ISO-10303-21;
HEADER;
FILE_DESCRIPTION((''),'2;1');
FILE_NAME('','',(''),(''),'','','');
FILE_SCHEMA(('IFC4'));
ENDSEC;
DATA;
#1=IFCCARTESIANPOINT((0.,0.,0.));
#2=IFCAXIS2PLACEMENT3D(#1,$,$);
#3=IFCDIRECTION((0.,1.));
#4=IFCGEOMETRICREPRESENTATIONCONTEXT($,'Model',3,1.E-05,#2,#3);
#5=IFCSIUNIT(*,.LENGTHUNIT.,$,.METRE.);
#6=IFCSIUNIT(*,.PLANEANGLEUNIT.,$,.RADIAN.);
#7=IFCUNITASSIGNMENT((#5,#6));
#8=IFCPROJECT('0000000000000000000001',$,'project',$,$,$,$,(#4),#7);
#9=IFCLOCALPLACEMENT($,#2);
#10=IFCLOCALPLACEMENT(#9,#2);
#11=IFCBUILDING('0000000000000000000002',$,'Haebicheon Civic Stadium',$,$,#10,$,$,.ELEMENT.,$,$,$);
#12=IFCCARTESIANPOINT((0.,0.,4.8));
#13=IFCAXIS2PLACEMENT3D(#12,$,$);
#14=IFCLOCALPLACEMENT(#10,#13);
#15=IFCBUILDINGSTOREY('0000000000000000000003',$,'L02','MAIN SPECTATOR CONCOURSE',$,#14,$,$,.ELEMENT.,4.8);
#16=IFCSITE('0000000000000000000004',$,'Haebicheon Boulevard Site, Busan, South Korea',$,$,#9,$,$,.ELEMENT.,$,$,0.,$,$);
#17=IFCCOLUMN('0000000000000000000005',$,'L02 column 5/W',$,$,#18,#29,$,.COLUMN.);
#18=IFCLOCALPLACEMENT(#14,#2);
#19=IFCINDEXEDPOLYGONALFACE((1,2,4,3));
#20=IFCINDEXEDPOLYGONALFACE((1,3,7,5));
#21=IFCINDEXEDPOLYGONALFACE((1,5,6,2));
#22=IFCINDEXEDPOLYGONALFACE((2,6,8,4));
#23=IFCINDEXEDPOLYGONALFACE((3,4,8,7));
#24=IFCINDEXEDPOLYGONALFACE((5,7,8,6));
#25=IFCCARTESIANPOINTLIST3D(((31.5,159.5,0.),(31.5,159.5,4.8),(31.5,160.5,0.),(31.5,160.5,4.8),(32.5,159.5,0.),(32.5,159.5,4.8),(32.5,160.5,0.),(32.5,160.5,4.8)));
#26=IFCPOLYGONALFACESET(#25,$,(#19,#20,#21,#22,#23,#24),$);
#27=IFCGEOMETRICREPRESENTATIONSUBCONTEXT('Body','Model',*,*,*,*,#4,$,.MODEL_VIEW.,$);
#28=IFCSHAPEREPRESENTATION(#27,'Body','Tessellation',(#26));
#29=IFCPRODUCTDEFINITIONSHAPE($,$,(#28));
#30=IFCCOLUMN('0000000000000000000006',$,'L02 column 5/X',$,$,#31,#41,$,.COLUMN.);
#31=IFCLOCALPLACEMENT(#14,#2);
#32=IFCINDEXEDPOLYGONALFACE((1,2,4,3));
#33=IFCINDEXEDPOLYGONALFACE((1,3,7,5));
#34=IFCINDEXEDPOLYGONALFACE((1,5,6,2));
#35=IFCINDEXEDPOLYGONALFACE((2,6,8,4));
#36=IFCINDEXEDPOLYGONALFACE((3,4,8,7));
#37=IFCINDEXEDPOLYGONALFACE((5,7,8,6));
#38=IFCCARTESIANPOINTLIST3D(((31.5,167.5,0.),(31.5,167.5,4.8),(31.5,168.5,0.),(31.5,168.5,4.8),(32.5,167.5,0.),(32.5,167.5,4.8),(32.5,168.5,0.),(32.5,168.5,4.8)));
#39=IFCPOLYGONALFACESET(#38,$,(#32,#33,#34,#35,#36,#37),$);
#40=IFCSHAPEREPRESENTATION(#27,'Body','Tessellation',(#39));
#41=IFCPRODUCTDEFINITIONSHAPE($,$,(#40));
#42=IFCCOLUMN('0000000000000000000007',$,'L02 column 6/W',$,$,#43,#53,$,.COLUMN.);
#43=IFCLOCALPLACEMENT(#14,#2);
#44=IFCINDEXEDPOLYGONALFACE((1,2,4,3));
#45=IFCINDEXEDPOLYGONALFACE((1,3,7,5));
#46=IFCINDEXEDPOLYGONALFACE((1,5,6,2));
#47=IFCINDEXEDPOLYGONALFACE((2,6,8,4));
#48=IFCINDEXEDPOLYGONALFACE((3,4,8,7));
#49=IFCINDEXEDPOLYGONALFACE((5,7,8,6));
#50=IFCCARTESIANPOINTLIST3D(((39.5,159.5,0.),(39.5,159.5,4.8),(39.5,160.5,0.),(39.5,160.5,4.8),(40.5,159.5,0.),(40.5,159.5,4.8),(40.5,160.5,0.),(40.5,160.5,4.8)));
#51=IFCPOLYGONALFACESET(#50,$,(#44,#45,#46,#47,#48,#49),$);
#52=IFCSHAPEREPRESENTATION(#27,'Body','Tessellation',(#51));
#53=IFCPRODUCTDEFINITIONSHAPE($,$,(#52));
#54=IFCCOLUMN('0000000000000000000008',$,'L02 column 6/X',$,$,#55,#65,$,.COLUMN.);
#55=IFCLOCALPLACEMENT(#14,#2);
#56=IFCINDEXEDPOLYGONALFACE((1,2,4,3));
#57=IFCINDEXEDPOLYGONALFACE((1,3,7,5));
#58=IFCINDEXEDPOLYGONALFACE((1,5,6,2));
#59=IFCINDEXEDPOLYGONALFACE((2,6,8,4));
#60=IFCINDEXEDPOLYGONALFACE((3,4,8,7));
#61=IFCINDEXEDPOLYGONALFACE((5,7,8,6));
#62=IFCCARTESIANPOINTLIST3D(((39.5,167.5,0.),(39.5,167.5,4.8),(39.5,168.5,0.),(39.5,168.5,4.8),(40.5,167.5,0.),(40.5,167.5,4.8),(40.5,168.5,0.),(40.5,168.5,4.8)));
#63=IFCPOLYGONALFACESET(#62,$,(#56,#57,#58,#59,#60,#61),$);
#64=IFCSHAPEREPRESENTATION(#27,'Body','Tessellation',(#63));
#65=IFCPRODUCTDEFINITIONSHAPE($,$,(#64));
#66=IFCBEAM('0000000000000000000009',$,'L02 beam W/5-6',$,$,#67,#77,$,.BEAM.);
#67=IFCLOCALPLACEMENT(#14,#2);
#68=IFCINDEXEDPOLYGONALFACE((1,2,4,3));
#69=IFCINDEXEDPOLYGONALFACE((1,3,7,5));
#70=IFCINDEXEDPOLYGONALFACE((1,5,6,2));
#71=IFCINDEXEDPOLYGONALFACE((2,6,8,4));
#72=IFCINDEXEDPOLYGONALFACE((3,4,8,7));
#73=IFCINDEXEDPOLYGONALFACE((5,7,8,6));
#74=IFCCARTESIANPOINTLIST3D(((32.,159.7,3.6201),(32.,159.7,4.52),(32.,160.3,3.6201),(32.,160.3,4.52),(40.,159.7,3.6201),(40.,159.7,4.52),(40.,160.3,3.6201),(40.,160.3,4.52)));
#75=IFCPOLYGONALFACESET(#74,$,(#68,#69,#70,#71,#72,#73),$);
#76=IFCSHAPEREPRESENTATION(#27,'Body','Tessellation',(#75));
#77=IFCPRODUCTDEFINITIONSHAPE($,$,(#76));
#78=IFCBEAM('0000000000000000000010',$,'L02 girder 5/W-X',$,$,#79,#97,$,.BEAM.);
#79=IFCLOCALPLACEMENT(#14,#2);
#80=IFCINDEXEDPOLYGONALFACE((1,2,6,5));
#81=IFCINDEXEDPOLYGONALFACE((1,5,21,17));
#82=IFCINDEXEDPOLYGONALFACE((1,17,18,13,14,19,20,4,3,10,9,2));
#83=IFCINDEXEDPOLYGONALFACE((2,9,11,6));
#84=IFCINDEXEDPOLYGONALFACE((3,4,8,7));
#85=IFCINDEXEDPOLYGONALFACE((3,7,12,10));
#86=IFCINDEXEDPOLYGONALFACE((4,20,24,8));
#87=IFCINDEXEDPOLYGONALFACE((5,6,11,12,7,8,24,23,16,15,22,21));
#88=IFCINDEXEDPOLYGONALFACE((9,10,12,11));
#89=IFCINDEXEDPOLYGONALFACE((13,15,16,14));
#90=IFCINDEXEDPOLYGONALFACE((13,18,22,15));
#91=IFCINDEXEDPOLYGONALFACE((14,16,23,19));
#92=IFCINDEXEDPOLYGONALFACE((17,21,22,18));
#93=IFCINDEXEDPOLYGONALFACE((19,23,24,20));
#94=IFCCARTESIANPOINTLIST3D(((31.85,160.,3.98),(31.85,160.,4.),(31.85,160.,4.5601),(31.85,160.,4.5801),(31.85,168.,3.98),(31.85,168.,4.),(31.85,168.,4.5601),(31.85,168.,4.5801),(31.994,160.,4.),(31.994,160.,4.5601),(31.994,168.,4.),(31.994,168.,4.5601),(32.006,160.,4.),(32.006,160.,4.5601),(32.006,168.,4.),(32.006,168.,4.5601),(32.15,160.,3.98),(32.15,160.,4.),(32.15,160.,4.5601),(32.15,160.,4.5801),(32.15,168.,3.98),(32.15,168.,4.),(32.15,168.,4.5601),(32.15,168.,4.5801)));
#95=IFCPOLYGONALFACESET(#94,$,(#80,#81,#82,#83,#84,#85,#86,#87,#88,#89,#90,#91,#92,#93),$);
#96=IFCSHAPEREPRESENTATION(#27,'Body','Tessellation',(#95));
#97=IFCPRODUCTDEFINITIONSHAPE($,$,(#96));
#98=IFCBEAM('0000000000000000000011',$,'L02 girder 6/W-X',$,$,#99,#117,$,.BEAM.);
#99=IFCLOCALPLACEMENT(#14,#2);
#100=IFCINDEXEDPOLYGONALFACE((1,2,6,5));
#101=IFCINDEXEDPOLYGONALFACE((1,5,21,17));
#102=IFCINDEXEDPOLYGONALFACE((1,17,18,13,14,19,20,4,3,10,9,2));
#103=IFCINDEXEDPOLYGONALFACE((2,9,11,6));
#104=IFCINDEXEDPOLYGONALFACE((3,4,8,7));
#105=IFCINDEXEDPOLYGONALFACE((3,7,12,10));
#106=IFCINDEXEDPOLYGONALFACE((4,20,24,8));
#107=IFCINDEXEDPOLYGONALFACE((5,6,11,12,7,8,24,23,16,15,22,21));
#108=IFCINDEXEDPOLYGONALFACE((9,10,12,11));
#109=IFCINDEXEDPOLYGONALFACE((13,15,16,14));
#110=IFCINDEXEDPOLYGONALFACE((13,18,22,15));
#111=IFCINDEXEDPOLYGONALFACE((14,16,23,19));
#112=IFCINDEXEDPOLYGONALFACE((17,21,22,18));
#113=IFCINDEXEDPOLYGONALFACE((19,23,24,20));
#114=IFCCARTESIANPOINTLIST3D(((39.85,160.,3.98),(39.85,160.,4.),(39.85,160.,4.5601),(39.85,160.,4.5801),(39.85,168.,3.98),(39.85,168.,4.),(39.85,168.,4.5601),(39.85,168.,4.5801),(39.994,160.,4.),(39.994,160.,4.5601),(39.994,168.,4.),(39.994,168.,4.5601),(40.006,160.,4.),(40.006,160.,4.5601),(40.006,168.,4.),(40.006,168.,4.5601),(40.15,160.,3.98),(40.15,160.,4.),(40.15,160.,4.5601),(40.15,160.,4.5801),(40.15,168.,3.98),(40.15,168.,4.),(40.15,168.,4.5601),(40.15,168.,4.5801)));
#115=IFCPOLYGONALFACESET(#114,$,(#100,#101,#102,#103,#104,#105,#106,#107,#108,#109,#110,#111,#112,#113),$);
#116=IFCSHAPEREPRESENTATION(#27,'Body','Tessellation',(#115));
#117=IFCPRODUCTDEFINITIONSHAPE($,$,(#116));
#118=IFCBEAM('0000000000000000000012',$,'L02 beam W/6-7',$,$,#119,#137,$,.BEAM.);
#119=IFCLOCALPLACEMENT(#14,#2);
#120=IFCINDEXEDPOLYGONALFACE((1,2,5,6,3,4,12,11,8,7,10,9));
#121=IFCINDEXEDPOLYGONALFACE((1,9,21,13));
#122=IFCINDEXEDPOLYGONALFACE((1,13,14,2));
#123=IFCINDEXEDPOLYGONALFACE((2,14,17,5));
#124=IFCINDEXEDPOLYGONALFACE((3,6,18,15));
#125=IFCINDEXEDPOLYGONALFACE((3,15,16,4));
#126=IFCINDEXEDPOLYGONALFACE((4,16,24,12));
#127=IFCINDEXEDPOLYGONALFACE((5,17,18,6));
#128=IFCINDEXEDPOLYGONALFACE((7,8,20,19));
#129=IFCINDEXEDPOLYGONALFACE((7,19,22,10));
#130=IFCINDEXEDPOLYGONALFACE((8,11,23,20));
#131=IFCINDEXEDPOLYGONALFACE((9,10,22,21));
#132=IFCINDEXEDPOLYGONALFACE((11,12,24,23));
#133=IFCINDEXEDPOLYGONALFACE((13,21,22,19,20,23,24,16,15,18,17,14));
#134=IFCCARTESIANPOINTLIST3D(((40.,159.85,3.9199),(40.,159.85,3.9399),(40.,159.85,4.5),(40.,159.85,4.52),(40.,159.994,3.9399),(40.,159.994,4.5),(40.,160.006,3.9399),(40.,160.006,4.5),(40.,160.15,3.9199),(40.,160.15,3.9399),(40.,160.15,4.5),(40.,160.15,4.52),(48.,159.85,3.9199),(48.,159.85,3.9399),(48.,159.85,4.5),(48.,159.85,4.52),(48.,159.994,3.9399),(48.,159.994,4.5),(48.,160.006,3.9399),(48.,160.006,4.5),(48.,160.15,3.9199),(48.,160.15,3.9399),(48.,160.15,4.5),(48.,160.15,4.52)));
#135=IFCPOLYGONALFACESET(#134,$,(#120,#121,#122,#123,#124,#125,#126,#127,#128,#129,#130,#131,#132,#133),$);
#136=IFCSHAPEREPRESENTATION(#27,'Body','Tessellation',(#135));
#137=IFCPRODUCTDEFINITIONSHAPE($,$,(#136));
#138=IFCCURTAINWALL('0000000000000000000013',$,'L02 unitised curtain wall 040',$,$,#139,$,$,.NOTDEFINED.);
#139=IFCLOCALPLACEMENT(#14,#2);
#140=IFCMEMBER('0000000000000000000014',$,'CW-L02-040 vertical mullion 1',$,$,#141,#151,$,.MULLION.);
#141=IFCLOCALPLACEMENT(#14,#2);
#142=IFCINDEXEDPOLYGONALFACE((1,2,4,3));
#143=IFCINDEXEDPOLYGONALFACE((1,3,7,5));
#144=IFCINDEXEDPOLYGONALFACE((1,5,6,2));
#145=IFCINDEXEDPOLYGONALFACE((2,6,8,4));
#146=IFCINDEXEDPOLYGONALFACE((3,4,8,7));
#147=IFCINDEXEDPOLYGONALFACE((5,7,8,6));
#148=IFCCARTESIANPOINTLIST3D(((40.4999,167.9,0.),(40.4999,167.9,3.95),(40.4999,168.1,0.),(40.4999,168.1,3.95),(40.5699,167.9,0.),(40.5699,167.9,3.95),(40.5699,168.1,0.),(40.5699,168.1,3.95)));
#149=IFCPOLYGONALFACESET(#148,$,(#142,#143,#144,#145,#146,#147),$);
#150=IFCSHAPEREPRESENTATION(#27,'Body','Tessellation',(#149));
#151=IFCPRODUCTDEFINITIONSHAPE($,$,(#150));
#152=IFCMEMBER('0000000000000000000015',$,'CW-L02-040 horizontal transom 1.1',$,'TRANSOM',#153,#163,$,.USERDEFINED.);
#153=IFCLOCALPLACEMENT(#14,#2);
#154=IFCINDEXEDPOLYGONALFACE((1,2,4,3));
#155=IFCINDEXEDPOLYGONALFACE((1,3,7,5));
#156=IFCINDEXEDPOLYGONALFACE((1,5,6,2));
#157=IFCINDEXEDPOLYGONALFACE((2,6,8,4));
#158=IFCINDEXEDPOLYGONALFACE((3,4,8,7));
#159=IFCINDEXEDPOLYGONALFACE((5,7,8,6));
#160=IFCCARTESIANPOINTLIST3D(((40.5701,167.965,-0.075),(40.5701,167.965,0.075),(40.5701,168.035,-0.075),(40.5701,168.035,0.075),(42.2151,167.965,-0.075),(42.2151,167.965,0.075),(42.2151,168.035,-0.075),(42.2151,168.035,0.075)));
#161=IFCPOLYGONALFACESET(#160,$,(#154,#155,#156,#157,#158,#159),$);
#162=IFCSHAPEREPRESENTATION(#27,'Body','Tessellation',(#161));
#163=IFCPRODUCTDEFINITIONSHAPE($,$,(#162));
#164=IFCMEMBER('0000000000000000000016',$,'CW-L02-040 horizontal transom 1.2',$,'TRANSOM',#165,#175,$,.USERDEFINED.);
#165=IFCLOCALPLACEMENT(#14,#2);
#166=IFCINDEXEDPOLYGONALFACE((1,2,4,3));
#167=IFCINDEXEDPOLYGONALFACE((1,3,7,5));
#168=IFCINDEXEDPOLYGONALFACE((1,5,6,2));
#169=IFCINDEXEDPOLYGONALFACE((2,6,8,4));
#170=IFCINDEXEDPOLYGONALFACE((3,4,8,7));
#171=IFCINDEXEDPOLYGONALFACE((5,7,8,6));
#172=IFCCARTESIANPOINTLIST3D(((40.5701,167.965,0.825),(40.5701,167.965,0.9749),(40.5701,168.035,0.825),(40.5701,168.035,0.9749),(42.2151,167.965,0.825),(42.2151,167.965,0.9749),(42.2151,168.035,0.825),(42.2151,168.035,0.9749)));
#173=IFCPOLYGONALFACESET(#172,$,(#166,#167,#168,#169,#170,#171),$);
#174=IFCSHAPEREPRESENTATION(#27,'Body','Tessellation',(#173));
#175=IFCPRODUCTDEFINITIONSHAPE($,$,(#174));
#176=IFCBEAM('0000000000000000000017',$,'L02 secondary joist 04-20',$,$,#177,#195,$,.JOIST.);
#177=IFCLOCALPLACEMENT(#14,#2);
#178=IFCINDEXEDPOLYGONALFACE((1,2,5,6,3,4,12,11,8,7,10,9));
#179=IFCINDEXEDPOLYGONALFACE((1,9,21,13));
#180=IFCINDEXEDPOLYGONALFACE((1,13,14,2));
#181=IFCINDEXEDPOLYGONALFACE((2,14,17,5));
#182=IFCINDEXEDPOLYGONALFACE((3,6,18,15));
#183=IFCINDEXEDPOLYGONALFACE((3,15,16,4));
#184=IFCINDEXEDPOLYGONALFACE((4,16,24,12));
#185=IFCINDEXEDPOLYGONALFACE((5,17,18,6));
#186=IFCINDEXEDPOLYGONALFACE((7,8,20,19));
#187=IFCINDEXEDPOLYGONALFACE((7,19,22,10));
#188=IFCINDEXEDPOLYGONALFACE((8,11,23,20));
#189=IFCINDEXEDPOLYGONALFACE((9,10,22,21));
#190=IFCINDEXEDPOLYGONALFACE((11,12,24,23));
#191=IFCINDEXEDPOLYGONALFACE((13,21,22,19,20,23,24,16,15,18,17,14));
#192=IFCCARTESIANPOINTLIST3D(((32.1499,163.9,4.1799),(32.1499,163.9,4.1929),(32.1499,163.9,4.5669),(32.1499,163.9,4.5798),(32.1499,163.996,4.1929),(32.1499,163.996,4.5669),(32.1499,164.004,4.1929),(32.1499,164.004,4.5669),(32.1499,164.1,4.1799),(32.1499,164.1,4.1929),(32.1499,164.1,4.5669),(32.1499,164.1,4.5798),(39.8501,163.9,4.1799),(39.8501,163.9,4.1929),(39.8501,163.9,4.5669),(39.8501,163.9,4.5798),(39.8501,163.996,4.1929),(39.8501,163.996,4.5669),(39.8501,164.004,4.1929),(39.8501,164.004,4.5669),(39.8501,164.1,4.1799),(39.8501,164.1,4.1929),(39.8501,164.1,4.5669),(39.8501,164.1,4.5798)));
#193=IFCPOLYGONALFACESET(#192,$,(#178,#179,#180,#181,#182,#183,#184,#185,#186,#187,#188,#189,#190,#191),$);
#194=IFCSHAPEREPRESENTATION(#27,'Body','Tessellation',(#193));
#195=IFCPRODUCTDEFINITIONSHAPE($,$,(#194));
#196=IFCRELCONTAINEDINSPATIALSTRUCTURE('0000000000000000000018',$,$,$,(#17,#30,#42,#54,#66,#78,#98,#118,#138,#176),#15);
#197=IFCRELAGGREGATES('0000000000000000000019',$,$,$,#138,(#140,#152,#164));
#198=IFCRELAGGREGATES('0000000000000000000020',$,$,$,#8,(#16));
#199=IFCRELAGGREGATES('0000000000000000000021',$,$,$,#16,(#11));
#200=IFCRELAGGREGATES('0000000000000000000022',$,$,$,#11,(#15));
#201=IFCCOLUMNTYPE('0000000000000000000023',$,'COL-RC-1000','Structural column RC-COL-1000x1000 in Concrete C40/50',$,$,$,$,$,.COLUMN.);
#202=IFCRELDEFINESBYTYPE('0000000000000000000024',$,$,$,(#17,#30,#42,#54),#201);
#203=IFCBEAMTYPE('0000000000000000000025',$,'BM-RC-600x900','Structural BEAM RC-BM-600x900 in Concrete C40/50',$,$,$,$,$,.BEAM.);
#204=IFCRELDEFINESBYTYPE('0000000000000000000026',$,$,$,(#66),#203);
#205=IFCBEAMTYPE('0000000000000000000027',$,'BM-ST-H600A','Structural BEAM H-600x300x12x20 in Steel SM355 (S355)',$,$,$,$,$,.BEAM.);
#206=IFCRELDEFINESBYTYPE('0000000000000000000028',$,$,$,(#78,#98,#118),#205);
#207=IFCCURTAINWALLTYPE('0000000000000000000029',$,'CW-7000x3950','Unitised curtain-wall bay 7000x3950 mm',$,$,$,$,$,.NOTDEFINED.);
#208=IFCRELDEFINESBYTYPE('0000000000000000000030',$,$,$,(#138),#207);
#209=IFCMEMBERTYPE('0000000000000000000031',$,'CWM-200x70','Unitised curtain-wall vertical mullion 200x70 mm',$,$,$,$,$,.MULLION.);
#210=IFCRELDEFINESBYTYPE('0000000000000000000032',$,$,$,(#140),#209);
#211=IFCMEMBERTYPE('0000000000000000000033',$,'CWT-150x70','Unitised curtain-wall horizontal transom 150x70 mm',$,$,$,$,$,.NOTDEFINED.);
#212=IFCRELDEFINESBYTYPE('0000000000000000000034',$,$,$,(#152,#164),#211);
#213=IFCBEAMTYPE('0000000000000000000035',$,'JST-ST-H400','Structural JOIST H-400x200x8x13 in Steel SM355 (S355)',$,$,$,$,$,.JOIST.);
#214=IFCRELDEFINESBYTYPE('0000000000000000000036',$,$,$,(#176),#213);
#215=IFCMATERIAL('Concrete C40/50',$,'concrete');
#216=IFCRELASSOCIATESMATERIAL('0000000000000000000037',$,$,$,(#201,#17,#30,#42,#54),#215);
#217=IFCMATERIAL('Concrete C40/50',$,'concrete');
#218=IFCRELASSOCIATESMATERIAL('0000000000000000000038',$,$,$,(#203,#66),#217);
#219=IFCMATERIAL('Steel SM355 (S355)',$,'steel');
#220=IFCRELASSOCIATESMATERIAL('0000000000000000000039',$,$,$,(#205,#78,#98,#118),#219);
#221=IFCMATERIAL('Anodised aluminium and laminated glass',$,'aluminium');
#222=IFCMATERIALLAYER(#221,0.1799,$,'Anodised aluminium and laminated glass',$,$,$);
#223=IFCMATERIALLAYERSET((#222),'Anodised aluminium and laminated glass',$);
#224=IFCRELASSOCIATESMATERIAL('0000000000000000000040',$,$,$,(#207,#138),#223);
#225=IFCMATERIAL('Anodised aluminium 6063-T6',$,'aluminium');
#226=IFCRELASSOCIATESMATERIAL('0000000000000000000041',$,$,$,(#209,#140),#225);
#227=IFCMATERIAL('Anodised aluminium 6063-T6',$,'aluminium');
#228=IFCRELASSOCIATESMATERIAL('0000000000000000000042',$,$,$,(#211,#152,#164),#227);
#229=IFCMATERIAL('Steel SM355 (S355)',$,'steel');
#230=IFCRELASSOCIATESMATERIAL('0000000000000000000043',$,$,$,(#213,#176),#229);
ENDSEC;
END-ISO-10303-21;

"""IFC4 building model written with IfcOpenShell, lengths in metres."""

from ifc_helpers import new_model, si_unit, direction, frame, origin, origin_2d, place, context, subcontext, project, spatial, rectangle, i_section, extrude, material, layer, layer_set, material_profile, profile_set, type_object, element, aggregate, save


model = new_model("IFC4")

# Units and contexts
model_context = context("Model", 3, precision=1e-05, world=origin(), true_north=direction((0.0, 1.0)))
body_context = subcontext(model_context, "Body", "Model", "MODEL_VIEW")
ifc_project = project(units=[si_unit("LENGTHUNIT", "METRE"), si_unit("PLANEANGLEUNIT", "RADIAN")], contexts=[model_context])

# Site, building, storey
site_placement = place(None, origin())
site = spatial("IfcSite", under=ifc_project, at=site_placement, Name="Haebicheon Boulevard Site, Busan, South Korea", CompositionType="ELEMENT", RefElevation=0.0)
building_placement = place(site_placement, origin())
building = spatial("IfcBuilding", under=site, at=building_placement, Name="Haebicheon Civic Stadium", CompositionType="ELEMENT")
storey_placement = place(building_placement, frame((0.0, 0.0, 4.8)))
storey = spatial("IfcBuildingStorey", under=building, at=storey_placement, Name="L02", Description="MAIN SPECTATOR CONCOURSE", CompositionType="ELEMENT", Elevation=4.8)

# Columns
ifc_material_1 = material(Name="Concrete C40/50", Category="concrete")
ifc_material_profile_1 = material_profile(ifc_material_1, rectangle(XDim=1.0, YDim=1.0, at=origin_2d()), Name="RC-COL-1000x1000")
ifc_profile_set_1 = profile_set([ifc_material_profile_1], Name="Concrete C40/50")
column_type = type_object("IfcColumnType", Name="COL-RC-1000", Description="Structural column RC-COL-1000x1000 in Concrete C40/50", PredefinedType="COLUMN", material=ifc_profile_set_1)
for number, where, z_axis, x_axis, name in (
    (1, (32.0, 160.0, 0.0), (0.0, 0.0, 1.0), (1.0, 0.0, 0.0), "L02 column 5/W"),
    (2, (32.0, 168.0, 0.0), (0.0, 0.0, 1.0), (1.0, 0.0, 0.0), "L02 column 5/X"),
    (3, (40.0, 160.0, 0.0), (0.0, 0.0, 1.0), (1.0, 0.0, 0.0), "L02 column 6/W"),
    (4, (40.0, 168.0, 0.0), (0.0, 0.0, 1.0), (1.0, 0.0, 0.0), "L02 column 6/X"),
):
    element("IfcColumn", number, at=place(storey_placement, frame(where, z_axis=z_axis, x_axis=x_axis)), inside=storey, type_object=column_type, material=ifc_profile_set_1, Name=name, PredefinedType="COLUMN", context=body_context, shape_type="SweptSolid", body=[
        extrude(rectangle(XDim=1.0, YDim=1.0, at=origin_2d()), origin(), (0.0, 0.0, 1.0), 4.8),
    ])

# Beams
ifc_material_2 = material(Name="Concrete C40/50", Category="concrete")
ifc_material_profile_2 = material_profile(ifc_material_2, rectangle(XDim=0.6001, YDim=0.8999, at=origin_2d()), Name="RC-BM-600x900")
ifc_profile_set_2 = profile_set([ifc_material_profile_2], Name="Concrete C40/50")
beam_type_1 = type_object("IfcBeamType", Name="BM-RC-600x900", Description="Structural BEAM RC-BM-600x900 in Concrete C40/50", PredefinedType="BEAM", material=ifc_profile_set_2)
beam_placement = place(storey_placement, frame((32.0, 160.0, 4.0701), z_axis=(1.0, 0.0, 0.0), x_axis=(0.0, 1.0, 0.0)))
element("IfcBeam", 5, at=beam_placement, inside=storey, type_object=beam_type_1, material=ifc_profile_set_2, Name="L02 beam W/5-6", PredefinedType="BEAM", context=body_context, shape_type="SweptSolid", body=[
    extrude(rectangle(XDim=0.6001, YDim=0.8999, at=origin_2d()), origin(), (0.0, 0.0, 1.0), 8.0),
])
ifc_material_3 = material(Name="Steel SM355 (S355)", Category="steel")
ifc_material_profile_3 = material_profile(ifc_material_3, i_section(OverallWidth=0.3, OverallDepth=0.6001, WebThickness=0.012, FlangeThickness=0.02, at=origin_2d()), Name="H-600x300x12x20")
ifc_profile_set_3 = profile_set([ifc_material_profile_3], Name="Steel SM355 (S355)")
beam_type_2 = type_object("IfcBeamType", Name="BM-ST-H600A", Description="Structural BEAM H-600x300x12x20 in Steel SM355 (S355)", PredefinedType="BEAM", material=ifc_profile_set_3)
for number, where, z_axis, x_axis, name in (
    (6, (32.0, 160.0, 4.28), (0.0, 1.0, 0.0), (-1.0, 0.0, 0.0), "L02 girder 5/W-X"),
    (7, (40.0, 160.0, 4.28), (0.0, 1.0, 0.0), (-1.0, 0.0, 0.0), "L02 girder 6/W-X"),
    (8, (40.0, 160.0, 4.22), (1.0, 0.0, 0.0), (0.0, 1.0, 0.0), "L02 beam W/6-7"),
):
    element("IfcBeam", number, at=place(storey_placement, frame(where, z_axis=z_axis, x_axis=x_axis)), inside=storey, type_object=beam_type_2, material=ifc_profile_set_3, Name=name, PredefinedType="BEAM", context=body_context, shape_type="SweptSolid", body=[
        extrude(i_section(OverallWidth=0.3, OverallDepth=0.6001, WebThickness=0.012, FlangeThickness=0.02, at=origin_2d()), origin(), (0.0, 0.0, 1.0), 8.0),
    ])

# Curtain wall, members
ifc_material_4 = material(Name="Anodised aluminium and laminated glass", Category="aluminium")
ifc_layer_1 = layer(ifc_material_4, 0.1799, Name="Anodised aluminium and laminated glass")
ifc_layer_set_1 = layer_set([ifc_layer_1], Name="Anodised aluminium and laminated glass")
curtain_wall_type = type_object("IfcCurtainWallType", Name="CW-7000x3950", Description="Unitised curtain-wall bay 7000x3950 mm", PredefinedType="NOTDEFINED", material=ifc_layer_set_1)
curtain_wall_placement = place(storey_placement, origin())
curtain_wall = element("IfcCurtainWall", 9, at=curtain_wall_placement, inside=storey, type_object=curtain_wall_type, material=ifc_layer_set_1, Name="L02 unitised curtain wall 040", PredefinedType="NOTDEFINED")
ifc_material_5 = material(Name="Anodised aluminium 6063-T6", Category="aluminium")
ifc_material_profile_4 = material_profile(ifc_material_5, rectangle(XDim=0.0701, YDim=0.2, at=origin_2d()), Name="ALU-MULL-70x200")
ifc_profile_set_4 = profile_set([ifc_material_profile_4], Name="Anodised aluminium 6063-T6")
member_type_1 = type_object("IfcMemberType", Name="CWM-200x70", Description="Unitised curtain-wall vertical mullion 200x70 mm", PredefinedType="MULLION", material=ifc_profile_set_4)
member_1_placement = place(storey_placement, frame((40.5349, 168.0, 0.0), z_axis=(0.0, 0.0, 1.0), x_axis=(1.0, 0.0, 0.0)))
member_1 = element("IfcMember", 10, at=member_1_placement, type_object=member_type_1, material=ifc_profile_set_4, Name="CW-L02-040 vertical mullion 1", PredefinedType="MULLION", context=body_context, shape_type="SweptSolid", body=[
    extrude(rectangle(XDim=0.0701, YDim=0.2, at=origin_2d()), origin(), (0.0, 0.0, 1.0), 3.95),
])
ifc_material_6 = material(Name="Anodised aluminium 6063-T6", Category="aluminium")
ifc_material_profile_5 = material_profile(ifc_material_6, rectangle(XDim=0.0701, YDim=0.1499, at=origin_2d()), Name="ALU-TRAN-70x150")
ifc_profile_set_5 = profile_set([ifc_material_profile_5], Name="Anodised aluminium 6063-T6")
member_type_2 = type_object("IfcMemberType", Name="CWT-150x70", Description="Unitised curtain-wall horizontal transom 150x70 mm", PredefinedType="NOTDEFINED", material=ifc_profile_set_5)
member_2_placement = place(storey_placement, frame((40.5701, 168.0, 0.0), z_axis=(1.0, 0.0, 0.0), x_axis=(0.0, 1.0, 0.0)))
member_2 = element("IfcMember", 11, at=member_2_placement, type_object=member_type_2, material=ifc_profile_set_5, Name="CW-L02-040 horizontal transom 1.1", ObjectType="TRANSOM", PredefinedType="USERDEFINED", context=body_context, shape_type="SweptSolid", body=[
    extrude(rectangle(XDim=0.0701, YDim=0.1499, at=origin_2d()), origin(), (0.0, 0.0, 1.0), 1.645),
])
member_3_placement = place(storey_placement, frame((40.5701, 168.0, 0.8999), z_axis=(1.0, 0.0, 0.0), x_axis=(0.0, 1.0, 0.0)))
member_3 = element("IfcMember", 12, at=member_3_placement, type_object=member_type_2, material=ifc_profile_set_5, Name="CW-L02-040 horizontal transom 1.2", ObjectType="TRANSOM", PredefinedType="USERDEFINED", context=body_context, shape_type="SweptSolid", body=[
    extrude(rectangle(XDim=0.0701, YDim=0.1499, at=origin_2d()), origin(), (0.0, 0.0, 1.0), 1.645),
])
aggregate(curtain_wall, [member_1, member_2, member_3])

# Beam
ifc_material_7 = material(Name="Steel SM355 (S355)", Category="steel")
ifc_material_profile_6 = material_profile(ifc_material_7, i_section(OverallWidth=0.2, OverallDepth=0.3999, WebThickness=0.0081, FlangeThickness=0.0129, at=origin_2d()), Name="H-400x200x8x13")
ifc_profile_set_6 = profile_set([ifc_material_profile_6], Name="Steel SM355 (S355)")
beam_type_3 = type_object("IfcBeamType", Name="JST-ST-H400", Description="Structural JOIST H-400x200x8x13 in Steel SM355 (S355)", PredefinedType="JOIST", material=ifc_profile_set_6)
for number, where, z_axis, x_axis, name in (
    (13, (32.1499, 164.0, 4.3799), (1.0, 0.0, 0.0), (0.0, 1.0, 0.0), "L02 secondary joist 04-20"),
):
    element("IfcBeam", number, at=place(storey_placement, frame(where, z_axis=z_axis, x_axis=x_axis)), inside=storey, type_object=beam_type_3, material=ifc_profile_set_6, Name=name, PredefinedType="JOIST", context=body_context, shape_type="SweptSolid", body=[
        extrude(i_section(OverallWidth=0.2, OverallDepth=0.3999, WebThickness=0.0081, FlangeThickness=0.0129, at=origin_2d()), origin(), (0.0, 0.0, 1.0), 7.7002),
    ])

save(model, "model.ifc")
